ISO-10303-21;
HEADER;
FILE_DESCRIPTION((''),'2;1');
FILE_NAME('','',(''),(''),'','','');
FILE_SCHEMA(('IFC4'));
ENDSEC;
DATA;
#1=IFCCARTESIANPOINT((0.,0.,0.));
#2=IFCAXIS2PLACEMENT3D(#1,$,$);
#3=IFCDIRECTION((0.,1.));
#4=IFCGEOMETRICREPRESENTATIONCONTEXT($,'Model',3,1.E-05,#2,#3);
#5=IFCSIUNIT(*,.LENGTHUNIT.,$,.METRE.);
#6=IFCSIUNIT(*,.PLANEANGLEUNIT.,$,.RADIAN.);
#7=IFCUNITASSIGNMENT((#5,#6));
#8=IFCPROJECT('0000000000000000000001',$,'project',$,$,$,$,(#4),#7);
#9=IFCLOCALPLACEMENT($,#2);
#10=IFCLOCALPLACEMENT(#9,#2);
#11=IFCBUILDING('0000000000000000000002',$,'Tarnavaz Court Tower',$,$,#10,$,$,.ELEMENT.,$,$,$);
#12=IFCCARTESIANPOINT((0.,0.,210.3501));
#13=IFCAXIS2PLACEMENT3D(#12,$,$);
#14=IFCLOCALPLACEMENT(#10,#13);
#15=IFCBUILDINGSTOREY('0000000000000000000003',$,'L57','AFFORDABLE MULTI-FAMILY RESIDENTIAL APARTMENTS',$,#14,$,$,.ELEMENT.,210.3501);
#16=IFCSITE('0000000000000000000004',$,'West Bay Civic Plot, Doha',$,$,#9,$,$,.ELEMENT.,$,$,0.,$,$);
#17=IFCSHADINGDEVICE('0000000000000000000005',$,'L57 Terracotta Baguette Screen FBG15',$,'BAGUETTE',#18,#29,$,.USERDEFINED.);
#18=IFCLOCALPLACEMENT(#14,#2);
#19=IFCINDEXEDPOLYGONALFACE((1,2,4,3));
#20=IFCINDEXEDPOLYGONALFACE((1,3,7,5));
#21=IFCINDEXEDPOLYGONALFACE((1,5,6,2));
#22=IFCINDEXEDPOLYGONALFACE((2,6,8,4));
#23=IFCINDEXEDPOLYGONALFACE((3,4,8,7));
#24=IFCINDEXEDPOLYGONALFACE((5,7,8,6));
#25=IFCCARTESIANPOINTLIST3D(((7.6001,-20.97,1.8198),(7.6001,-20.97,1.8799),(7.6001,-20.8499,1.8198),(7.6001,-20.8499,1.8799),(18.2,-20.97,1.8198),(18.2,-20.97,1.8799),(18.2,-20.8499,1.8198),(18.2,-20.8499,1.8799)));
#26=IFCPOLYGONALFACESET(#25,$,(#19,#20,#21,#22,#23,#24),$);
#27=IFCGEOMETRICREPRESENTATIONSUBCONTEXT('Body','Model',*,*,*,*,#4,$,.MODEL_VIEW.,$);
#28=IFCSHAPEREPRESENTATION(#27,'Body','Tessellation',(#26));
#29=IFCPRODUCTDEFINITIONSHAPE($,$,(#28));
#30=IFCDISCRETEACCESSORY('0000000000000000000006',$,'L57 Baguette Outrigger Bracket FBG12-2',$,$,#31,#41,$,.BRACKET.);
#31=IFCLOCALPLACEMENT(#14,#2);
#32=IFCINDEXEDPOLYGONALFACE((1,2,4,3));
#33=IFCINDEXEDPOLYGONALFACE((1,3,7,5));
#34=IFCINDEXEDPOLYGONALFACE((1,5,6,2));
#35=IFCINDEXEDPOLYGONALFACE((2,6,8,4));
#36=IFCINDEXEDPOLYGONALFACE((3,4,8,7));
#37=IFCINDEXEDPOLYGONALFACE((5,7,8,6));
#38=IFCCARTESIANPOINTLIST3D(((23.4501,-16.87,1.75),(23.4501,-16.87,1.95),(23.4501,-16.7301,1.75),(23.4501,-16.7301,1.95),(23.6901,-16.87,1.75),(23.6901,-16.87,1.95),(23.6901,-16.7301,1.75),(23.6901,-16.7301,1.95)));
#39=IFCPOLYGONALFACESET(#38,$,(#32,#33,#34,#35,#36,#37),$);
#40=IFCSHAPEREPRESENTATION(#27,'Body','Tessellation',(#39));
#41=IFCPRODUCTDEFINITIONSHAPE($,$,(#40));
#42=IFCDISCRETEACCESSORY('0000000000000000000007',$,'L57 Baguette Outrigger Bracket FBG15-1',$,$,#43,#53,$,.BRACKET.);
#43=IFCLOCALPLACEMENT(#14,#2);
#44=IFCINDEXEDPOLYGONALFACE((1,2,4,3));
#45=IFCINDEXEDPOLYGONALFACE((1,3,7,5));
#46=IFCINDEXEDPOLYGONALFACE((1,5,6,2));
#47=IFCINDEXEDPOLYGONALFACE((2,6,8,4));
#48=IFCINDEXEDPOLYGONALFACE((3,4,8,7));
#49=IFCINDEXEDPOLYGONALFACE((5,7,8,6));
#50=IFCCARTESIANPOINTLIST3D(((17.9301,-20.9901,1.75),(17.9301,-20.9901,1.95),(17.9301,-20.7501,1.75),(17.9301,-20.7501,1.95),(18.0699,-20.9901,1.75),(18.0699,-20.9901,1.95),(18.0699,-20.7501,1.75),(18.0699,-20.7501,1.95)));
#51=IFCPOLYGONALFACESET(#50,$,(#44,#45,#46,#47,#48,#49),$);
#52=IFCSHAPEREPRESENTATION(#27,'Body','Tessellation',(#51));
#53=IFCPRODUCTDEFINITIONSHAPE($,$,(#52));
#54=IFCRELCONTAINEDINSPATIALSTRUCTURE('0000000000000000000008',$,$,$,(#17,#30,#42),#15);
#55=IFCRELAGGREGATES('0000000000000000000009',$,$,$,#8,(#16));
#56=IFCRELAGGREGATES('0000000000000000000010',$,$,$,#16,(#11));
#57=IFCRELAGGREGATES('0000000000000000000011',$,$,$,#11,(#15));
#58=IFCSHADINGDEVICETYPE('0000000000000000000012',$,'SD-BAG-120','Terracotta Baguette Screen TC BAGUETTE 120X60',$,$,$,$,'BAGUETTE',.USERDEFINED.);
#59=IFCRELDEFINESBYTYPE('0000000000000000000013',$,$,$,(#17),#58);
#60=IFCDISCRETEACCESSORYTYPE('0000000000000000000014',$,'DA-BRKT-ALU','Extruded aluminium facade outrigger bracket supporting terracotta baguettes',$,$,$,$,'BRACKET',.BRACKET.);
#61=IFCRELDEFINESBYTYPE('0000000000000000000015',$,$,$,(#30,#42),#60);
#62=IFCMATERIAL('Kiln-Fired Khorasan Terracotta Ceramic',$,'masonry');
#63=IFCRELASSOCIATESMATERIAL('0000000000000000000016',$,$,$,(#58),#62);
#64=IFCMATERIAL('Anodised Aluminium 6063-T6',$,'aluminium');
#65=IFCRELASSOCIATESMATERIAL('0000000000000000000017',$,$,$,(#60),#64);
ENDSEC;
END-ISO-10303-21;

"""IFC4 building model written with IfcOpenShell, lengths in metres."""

from ifc_helpers import new_model, si_unit, direction, frame, origin, origin_2d, place, context, subcontext, project, spatial, rectangle, extrude, material, material_profile, profile_set, type_object, element, save


model = new_model("IFC4")

# Units and contexts
model_context = context("Model", 3, precision=1e-05, world=origin(), true_north=direction((0.0, 1.0)))
body_context = subcontext(model_context, "Body", "Model", "MODEL_VIEW")
ifc_project = project(units=[si_unit("LENGTHUNIT", "METRE"), si_unit("PLANEANGLEUNIT", "RADIAN")], contexts=[model_context])

# Site, building, storey
site_placement = place(None, origin())
site = spatial("IfcSite", under=ifc_project, at=site_placement, Name="West Bay Civic Plot, Doha", CompositionType="ELEMENT", RefElevation=0.0)
building_placement = place(site_placement, origin())
building = spatial("IfcBuilding", under=site, at=building_placement, Name="Tarnavaz Court Tower", CompositionType="ELEMENT")
storey_placement = place(building_placement, frame((0.0, 0.0, 210.3501)))
storey = spatial("IfcBuildingStorey", under=building, at=storey_placement, Name="L57", Description="AFFORDABLE MULTI-FAMILY RESIDENTIAL APARTMENTS", CompositionType="ELEMENT", Elevation=210.3501)

# Shading device
ifc_material_1 = material(Name="Kiln-Fired Khorasan Terracotta Ceramic", Category="masonry")
ifc_material_profile_1 = material_profile(ifc_material_1, rectangle(XDim=0.1201, YDim=0.0601, at=origin_2d()), Name="TC BAGUETTE 120X60")
ifc_profile_set_1 = profile_set([ifc_material_profile_1], Name="Kiln-Fired Khorasan Terracotta Ceramic")
shading_device_type = type_object("IfcShadingDeviceType", Name="SD-BAG-120", Description="Terracotta Baguette Screen TC BAGUETTE 120X60", ElementType="BAGUETTE", PredefinedType="USERDEFINED", material=ifc_profile_set_1)
shading_device_placement = place(storey_placement, frame((18.2, -20.9099, 1.8499), z_axis=(-1.0, 0.0, 0.0), x_axis=(0.0, -1.0, 0.0)))
element("IfcShadingDevice", 1, at=shading_device_placement, inside=storey, type_object=shading_device_type, Name="L57 Terracotta Baguette Screen FBG15", ObjectType="BAGUETTE", PredefinedType="USERDEFINED", context=body_context, shape_type="SweptSolid", body=[
    extrude(rectangle(XDim=0.1201, YDim=0.0601, at=origin_2d()), origin(), (0.0, 0.0, 1.0), 10.5999),
])

# Discrete accessories
ifc_material_2 = material(Name="Anodised Aluminium 6063-T6", Category="aluminium")
discrete_accessory_type = type_object("IfcDiscreteAccessoryType", Name="DA-BRKT-ALU", Description="Extruded aluminium facade outrigger bracket supporting terracotta baguettes", ElementType="BRACKET", PredefinedType="BRACKET", material=ifc_material_2)
for number, where, z_axis, x_axis, name in (
    (2, (23.5701, -16.8, 1.75), (0.0, 0.0, 1.0), (0.0, -1.0, 0.0), "L57 Baguette Outrigger Bracket FBG12-2"),
    (3, (18.0, -20.8701, 1.75), (0.0, 0.0, 1.0), (-1.0, 0.0, 0.0), "L57 Baguette Outrigger Bracket FBG15-1"),
):
    element("IfcDiscreteAccessory", number, at=place(storey_placement, frame(where, z_axis=z_axis, x_axis=x_axis)), inside=storey, type_object=discrete_accessory_type, Name=name, PredefinedType="BRACKET", context=body_context, shape_type="SweptSolid", body=[
        extrude(rectangle(XDim=0.1399, YDim=0.24, at=origin_2d()), origin(), (0.0, 0.0, 1.0), 0.2),
    ])

save(model, "model.ifc")
